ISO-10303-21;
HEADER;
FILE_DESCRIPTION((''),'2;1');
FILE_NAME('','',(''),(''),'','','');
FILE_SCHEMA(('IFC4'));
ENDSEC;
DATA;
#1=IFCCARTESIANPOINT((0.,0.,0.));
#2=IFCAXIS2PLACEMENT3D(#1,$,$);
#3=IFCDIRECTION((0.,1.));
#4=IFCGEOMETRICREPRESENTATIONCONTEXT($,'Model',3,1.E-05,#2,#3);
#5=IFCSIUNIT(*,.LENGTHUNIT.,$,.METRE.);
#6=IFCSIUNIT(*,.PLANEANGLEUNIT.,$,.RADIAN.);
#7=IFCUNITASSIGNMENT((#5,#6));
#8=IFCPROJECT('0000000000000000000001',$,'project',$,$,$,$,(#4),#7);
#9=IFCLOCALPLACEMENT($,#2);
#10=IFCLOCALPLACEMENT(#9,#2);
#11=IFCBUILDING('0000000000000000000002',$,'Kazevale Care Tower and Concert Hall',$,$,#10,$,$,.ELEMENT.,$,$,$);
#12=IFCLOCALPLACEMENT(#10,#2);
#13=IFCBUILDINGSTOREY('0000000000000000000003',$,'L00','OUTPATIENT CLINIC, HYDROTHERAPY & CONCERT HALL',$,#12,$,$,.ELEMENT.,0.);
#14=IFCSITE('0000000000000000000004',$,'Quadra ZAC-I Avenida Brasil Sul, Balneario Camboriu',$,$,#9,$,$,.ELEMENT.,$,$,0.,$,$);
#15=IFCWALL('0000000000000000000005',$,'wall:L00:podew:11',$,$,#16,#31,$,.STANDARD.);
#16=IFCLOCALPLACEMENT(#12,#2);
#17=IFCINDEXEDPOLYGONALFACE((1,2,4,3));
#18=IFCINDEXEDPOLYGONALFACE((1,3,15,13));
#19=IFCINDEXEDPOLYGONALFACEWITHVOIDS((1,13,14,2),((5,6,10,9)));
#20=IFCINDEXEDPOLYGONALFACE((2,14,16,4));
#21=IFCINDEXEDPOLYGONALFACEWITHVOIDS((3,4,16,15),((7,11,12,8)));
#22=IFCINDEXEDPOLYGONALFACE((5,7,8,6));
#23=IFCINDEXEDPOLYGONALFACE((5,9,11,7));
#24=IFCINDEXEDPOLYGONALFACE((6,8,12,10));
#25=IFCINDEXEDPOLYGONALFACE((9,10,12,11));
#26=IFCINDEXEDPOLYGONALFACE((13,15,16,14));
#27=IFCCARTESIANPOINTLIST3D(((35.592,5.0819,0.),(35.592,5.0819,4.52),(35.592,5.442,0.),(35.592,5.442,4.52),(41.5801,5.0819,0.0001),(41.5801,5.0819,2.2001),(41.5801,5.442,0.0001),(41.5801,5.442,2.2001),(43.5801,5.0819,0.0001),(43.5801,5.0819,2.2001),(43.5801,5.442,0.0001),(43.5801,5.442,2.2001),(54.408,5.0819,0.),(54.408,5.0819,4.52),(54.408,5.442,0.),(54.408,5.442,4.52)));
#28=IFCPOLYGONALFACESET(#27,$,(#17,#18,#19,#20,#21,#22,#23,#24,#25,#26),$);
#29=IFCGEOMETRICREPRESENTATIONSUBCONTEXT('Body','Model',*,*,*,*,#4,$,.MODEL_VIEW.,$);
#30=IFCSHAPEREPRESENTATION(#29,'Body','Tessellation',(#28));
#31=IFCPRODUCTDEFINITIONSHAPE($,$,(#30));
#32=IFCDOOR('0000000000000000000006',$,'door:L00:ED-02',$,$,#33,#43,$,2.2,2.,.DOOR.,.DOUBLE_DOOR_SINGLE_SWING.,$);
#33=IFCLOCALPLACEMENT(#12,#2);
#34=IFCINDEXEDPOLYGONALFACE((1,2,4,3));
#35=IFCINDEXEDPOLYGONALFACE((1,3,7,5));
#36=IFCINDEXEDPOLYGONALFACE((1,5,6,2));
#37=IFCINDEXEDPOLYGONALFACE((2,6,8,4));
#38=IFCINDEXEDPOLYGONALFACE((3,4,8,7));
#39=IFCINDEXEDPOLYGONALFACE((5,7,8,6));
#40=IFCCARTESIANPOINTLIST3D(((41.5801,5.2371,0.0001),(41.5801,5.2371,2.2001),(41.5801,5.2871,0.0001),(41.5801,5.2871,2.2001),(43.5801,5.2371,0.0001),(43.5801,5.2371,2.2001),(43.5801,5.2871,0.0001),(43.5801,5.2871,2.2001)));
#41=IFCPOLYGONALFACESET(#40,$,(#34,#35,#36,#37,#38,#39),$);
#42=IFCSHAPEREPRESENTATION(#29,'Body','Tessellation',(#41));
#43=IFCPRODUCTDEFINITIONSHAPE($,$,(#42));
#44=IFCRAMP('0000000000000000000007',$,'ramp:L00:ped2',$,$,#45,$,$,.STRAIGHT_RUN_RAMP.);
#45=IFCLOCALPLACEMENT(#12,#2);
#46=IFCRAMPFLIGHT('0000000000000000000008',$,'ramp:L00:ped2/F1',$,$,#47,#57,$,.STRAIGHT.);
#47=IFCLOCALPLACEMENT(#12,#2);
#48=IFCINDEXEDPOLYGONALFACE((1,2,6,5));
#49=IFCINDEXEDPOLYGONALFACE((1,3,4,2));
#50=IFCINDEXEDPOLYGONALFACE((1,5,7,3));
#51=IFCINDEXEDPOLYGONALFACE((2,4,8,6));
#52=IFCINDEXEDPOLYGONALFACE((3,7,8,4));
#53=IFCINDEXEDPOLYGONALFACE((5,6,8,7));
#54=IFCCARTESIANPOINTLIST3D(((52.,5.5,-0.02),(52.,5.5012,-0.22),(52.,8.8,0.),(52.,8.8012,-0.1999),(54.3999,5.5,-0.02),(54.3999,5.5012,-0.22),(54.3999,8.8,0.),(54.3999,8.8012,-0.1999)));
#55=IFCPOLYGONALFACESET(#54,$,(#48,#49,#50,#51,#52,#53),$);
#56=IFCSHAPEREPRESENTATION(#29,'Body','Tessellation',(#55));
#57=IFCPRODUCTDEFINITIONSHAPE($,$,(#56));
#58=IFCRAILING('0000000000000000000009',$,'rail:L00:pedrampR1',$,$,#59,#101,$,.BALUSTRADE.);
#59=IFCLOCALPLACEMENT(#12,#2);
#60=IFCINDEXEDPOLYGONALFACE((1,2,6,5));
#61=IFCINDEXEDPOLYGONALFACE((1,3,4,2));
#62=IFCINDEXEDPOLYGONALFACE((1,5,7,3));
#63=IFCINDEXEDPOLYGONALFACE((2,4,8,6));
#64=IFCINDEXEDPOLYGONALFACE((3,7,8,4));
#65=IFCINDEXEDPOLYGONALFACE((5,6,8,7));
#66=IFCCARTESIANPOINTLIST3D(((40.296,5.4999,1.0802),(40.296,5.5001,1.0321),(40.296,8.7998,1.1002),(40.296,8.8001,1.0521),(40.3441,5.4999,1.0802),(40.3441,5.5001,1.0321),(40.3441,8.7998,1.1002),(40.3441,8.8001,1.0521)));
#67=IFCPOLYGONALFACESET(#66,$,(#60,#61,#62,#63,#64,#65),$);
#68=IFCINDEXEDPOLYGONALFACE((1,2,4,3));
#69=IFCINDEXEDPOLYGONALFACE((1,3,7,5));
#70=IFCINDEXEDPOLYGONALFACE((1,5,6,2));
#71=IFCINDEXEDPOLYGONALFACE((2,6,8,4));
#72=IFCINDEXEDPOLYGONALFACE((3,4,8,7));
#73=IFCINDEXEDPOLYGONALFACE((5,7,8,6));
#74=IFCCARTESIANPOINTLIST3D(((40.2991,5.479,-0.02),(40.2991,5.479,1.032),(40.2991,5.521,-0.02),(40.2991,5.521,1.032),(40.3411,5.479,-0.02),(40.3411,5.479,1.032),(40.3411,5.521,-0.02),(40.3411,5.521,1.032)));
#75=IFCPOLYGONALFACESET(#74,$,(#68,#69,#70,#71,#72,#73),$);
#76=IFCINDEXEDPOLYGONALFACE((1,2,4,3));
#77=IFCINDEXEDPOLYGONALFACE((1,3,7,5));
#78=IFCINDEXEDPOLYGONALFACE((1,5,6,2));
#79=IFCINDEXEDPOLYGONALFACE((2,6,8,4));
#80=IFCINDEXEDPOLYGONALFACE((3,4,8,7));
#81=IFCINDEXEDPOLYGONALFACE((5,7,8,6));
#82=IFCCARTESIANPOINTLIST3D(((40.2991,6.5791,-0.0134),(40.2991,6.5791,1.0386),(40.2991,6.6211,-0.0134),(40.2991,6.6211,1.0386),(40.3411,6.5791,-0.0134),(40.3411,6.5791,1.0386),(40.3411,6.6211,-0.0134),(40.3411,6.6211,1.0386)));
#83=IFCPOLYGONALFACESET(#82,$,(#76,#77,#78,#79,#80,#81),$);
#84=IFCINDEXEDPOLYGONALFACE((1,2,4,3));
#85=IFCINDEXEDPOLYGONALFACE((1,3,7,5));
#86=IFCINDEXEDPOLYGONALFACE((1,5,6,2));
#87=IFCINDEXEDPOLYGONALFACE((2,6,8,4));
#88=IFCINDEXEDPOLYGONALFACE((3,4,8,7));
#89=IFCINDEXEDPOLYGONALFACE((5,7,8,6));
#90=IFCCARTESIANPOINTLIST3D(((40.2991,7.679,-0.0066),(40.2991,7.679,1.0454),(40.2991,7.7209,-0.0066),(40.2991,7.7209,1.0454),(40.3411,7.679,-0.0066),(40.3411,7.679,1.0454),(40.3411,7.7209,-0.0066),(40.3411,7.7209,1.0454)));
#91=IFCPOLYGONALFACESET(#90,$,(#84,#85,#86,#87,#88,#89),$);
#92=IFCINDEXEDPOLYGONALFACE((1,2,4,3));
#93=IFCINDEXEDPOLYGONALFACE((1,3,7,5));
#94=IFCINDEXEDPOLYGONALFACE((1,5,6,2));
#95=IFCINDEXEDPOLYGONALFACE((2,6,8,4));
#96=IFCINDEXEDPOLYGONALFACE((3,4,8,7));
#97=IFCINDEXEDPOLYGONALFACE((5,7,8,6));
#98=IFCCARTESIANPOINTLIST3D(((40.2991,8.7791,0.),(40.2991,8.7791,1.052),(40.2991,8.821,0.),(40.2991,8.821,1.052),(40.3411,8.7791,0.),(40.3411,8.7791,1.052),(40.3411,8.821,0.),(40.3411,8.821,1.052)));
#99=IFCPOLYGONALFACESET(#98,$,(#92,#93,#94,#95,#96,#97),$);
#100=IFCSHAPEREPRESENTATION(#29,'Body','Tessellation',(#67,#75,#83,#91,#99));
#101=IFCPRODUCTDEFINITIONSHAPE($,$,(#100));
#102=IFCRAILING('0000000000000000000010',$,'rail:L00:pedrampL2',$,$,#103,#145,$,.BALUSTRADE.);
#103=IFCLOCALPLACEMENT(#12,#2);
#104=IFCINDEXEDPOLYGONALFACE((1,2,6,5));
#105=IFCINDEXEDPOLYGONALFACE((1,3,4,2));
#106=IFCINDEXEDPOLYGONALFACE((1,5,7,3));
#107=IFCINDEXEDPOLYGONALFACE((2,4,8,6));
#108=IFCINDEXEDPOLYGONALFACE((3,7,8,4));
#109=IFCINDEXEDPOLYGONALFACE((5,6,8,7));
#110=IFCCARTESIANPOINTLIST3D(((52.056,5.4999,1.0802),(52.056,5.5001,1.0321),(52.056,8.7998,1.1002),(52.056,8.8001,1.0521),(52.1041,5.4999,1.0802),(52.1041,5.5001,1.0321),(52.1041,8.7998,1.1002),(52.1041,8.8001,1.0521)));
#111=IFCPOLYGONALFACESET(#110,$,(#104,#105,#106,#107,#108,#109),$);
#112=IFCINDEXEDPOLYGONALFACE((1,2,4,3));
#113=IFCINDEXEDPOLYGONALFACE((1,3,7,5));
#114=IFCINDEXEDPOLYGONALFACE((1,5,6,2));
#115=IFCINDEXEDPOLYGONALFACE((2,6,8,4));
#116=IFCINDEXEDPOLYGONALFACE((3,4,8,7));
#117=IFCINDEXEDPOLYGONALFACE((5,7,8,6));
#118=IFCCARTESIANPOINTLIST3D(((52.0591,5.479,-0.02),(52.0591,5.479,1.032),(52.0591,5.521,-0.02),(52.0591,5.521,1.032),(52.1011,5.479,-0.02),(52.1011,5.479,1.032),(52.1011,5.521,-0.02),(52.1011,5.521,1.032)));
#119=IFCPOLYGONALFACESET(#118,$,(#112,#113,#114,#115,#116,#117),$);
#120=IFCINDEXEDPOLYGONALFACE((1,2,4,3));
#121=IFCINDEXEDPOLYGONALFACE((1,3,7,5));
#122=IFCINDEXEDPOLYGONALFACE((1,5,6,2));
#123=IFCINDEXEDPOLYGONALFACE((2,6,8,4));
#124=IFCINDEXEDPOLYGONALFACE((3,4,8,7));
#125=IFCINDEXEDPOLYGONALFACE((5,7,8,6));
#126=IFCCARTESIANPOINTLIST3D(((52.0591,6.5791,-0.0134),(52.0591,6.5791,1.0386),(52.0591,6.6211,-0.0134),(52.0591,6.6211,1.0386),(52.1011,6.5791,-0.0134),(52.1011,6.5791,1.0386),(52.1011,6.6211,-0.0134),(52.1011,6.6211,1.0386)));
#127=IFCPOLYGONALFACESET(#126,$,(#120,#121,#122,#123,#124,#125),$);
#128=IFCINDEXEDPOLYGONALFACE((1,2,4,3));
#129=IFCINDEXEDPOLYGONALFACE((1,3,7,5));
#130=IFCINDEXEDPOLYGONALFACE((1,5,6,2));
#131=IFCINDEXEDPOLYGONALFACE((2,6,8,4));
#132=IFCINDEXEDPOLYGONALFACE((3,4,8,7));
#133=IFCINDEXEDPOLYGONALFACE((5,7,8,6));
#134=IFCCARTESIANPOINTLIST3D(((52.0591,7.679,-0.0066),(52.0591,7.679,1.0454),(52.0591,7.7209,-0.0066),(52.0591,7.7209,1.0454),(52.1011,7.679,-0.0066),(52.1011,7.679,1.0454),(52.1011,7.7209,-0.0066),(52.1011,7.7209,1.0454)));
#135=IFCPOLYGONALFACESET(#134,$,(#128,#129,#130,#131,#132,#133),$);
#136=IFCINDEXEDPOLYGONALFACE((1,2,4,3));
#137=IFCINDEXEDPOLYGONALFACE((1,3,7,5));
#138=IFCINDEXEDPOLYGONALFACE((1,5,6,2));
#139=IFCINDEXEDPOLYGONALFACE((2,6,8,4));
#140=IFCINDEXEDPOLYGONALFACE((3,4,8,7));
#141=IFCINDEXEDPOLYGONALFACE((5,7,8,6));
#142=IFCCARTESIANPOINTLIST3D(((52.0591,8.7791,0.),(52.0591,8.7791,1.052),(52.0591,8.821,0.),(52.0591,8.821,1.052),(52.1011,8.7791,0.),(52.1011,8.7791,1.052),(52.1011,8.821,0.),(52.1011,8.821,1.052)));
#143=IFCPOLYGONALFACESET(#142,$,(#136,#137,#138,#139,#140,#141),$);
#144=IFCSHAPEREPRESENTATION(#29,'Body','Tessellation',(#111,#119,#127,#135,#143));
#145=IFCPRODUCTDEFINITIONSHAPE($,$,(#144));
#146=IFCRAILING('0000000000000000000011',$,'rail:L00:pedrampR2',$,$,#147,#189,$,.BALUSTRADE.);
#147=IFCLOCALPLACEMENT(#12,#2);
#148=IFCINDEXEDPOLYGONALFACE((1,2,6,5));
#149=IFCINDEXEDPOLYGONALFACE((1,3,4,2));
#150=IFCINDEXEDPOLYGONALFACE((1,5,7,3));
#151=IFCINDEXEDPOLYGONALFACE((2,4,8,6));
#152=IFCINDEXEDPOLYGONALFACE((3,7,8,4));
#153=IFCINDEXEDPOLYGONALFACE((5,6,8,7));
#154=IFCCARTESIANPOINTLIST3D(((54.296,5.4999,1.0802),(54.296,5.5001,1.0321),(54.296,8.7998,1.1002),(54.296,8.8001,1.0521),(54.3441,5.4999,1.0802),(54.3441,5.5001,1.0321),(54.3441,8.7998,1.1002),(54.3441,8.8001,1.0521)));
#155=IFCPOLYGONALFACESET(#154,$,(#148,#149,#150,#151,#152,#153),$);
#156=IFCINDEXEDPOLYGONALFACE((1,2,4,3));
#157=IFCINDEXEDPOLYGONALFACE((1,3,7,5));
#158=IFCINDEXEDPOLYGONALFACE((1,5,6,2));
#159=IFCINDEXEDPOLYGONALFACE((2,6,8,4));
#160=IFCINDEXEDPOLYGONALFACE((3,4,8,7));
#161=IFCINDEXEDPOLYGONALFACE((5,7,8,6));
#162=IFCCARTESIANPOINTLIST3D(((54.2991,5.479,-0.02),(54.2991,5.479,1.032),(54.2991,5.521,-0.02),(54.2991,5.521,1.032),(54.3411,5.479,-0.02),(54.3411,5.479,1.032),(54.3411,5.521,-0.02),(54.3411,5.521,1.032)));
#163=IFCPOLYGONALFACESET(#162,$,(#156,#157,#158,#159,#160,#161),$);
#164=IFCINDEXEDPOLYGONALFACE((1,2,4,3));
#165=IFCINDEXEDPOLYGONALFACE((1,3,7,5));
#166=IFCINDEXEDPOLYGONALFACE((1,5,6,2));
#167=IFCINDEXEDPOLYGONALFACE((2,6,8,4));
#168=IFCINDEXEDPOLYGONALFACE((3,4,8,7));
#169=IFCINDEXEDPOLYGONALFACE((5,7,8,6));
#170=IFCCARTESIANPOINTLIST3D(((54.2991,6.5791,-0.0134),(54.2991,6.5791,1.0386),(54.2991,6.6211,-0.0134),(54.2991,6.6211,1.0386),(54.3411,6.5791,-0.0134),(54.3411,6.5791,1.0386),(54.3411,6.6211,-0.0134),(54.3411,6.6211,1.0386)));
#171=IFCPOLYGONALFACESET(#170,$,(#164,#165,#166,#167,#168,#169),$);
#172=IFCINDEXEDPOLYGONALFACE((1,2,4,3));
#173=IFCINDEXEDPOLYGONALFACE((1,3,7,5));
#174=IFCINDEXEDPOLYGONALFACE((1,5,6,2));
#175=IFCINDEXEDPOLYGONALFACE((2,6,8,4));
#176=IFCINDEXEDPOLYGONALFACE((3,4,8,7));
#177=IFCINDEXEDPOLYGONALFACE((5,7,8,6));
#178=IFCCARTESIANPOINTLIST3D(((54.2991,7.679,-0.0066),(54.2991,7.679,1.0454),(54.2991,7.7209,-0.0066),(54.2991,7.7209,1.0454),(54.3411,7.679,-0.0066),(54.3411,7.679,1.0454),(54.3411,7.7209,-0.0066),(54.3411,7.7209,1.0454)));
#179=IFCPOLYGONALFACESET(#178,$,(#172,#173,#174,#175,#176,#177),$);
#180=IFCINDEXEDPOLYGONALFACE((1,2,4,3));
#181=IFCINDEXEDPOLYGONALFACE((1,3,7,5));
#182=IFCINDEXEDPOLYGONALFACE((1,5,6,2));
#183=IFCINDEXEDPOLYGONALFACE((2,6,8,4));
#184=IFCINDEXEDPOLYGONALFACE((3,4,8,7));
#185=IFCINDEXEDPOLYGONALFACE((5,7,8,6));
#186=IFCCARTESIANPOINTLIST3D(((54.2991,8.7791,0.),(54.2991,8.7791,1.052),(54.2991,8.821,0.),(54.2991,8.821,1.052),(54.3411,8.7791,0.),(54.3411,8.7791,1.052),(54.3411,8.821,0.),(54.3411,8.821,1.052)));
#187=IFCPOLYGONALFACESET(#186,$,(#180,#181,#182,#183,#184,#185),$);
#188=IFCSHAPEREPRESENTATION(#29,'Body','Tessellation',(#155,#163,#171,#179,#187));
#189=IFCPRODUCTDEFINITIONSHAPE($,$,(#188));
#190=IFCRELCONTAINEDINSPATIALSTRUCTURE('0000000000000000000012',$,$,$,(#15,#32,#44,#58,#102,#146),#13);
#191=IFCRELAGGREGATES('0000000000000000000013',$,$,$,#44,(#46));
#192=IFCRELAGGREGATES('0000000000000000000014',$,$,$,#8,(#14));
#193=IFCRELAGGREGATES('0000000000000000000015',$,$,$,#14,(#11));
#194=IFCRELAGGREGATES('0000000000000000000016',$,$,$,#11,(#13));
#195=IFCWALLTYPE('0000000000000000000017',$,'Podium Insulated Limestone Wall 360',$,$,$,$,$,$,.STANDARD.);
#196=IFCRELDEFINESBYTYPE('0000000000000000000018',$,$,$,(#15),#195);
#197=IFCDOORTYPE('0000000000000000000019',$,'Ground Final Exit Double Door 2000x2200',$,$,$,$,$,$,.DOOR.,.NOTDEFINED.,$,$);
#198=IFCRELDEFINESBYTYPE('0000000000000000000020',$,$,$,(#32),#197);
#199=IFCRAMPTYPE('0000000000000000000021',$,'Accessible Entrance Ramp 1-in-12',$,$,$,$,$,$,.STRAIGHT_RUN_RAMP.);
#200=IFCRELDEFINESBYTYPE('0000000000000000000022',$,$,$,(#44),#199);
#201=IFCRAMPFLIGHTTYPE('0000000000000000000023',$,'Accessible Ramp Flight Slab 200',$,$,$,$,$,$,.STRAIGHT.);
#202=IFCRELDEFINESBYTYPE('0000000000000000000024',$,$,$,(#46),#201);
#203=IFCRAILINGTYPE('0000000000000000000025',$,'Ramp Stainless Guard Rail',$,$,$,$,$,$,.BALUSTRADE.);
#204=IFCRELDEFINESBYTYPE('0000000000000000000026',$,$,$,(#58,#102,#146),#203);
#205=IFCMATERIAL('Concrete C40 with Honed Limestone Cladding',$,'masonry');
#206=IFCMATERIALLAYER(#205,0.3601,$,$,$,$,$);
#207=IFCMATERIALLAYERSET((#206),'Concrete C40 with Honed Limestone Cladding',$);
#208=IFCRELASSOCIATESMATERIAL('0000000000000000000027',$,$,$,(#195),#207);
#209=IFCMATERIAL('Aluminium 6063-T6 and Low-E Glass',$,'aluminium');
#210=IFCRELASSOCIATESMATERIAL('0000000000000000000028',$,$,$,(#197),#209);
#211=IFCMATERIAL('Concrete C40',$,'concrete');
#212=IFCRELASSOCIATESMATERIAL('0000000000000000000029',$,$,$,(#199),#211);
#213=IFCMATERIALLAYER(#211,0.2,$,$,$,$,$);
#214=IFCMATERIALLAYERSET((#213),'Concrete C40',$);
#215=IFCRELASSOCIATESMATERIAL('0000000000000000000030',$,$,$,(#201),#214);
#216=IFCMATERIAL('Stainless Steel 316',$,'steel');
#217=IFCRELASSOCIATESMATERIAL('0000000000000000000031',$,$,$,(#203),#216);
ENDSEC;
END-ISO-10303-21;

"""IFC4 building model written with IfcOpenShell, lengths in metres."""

from ifc_helpers import new_model, si_unit, direction, frame, frame_2d, origin, origin_2d, place, context, subcontext, project, spatial, polyline, rectangle, outline, extrude, material, layer, layer_set, type_object, element, fill, aggregate, save


model = new_model("IFC4")

# Units and contexts
model_context = context("Model", 3, precision=1e-05, world=origin(), true_north=direction((0.0, 1.0)))
body_context = subcontext(model_context, "Body", "Model", "MODEL_VIEW")
ifc_project = project(units=[si_unit("LENGTHUNIT", "METRE"), si_unit("PLANEANGLEUNIT", "RADIAN")], contexts=[model_context])

# Site, building, storey
site_placement = place(None, origin())
site = spatial("IfcSite", under=ifc_project, at=site_placement, Name="Quadra ZAC-I Avenida Brasil Sul, Balneario Camboriu", CompositionType="ELEMENT", RefElevation=0.0)
building_placement = place(site_placement, origin())
building = spatial("IfcBuilding", under=site, at=building_placement, Name="Kazevale Care Tower and Concert Hall", CompositionType="ELEMENT")
storey_placement = place(building_placement, origin())
storey = spatial("IfcBuildingStorey", under=building, at=storey_placement, Name="L00", Description="OUTPATIENT CLINIC, HYDROTHERAPY & CONCERT HALL", CompositionType="ELEMENT", Elevation=0.0)

# Wall, opening, door
ifc_material_1 = material(Name="Concrete C40 with Honed Limestone Cladding", Category="masonry")
ifc_layer_1 = layer(ifc_material_1, 0.3601)
ifc_layer_set_1 = layer_set([ifc_layer_1], Name="Concrete C40 with Honed Limestone Cladding")
wall_type_1 = type_object("IfcWallType", Name="Podium Insulated Limestone Wall 360", PredefinedType="STANDARD", material=ifc_layer_set_1)
wall_1_placement = place(storey_placement, frame((54.408, 5.262, 0.0), z_axis=(0.0, 0.0, 1.0), x_axis=(-1.0, 0.0, 0.0)))
wall_1 = element("IfcWall", 1, at=wall_1_placement, inside=storey, type_object=wall_type_1, Name="wall:L00:podew:11", PredefinedType="STANDARD", context=body_context, shape_type="SweptSolid", body=[
    extrude(rectangle(XDim=18.8159, YDim=0.3601, at=frame_2d((9.408, 0.0))), origin(), (0.0, 0.0, 1.0), 4.52),
])
opening_1_placement = place(wall_1_placement, frame((10.8279, 0.0, 0.0)))
opening_1 = element("IfcOpeningElement", 2, at=opening_1_placement, cuts=wall_1, PredefinedType="OPENING", context=body_context, shape_type="SweptSolid", body=[
    extrude(rectangle(XDim=2.0, YDim=2.2, at=frame_2d((1.0, 1.1001))), frame((0.0, 0.1899, 0.0), z_axis=(0.0, -1.0, 0.0), x_axis=(1.0, 0.0, 0.0)), (0.0, 0.0, 1.0), 0.3801),
])
ifc_material_2 = material(Name="Aluminium 6063-T6 and Low-E Glass", Category="aluminium")
door_type_1 = type_object("IfcDoorType", Name="Ground Final Exit Double Door 2000x2200", OperationType="NOTDEFINED", PredefinedType="DOOR", material=ifc_material_2)
door_1_placement = place(opening_1_placement, origin())
door_1 = element("IfcDoor", 3, at=door_1_placement, inside=storey, type_object=door_type_1, Name="door:L00:ED-02", OperationType="DOUBLE_DOOR_SINGLE_SWING", OverallHeight=2.2, OverallWidth=2.0, PredefinedType="DOOR", context=body_context, shape_type="SweptSolid", body=[
    extrude(rectangle(XDim=2.0, YDim=2.2, at=frame_2d((1.0, 1.1001))), frame((0.0, 0.0249, 0.0), z_axis=(0.0, -1.0, 0.0), x_axis=(1.0, 0.0, 0.0)), (0.0, 0.0, 1.0), 0.05),
])
fill(opening_1, door_1)

# Ramp, ramp flight
ifc_material_3 = material(Name="Concrete C40", Category="concrete")
ramp_type = type_object("IfcRampType", Name="Accessible Entrance Ramp 1-in-12", PredefinedType="STRAIGHT_RUN_RAMP", material=ifc_material_3)
ramp_placement = place(storey_placement, origin())
ramp = element("IfcRamp", 4, at=ramp_placement, inside=storey, type_object=ramp_type, Name="ramp:L00:ped2", PredefinedType="STRAIGHT_RUN_RAMP")
ifc_layer_2 = layer(ifc_material_3, 0.2)
ifc_layer_set_2 = layer_set([ifc_layer_2], Name="Concrete C40")
ramp_flight_type = type_object("IfcRampFlightType", Name="Accessible Ramp Flight Slab 200", PredefinedType="STRAIGHT", material=ifc_layer_set_2)
ramp_flight_placement = place(storey_placement, frame((52.0, 5.5, -0.02), z_axis=(0.0, -0.006066, 0.999982), x_axis=(0.0, 0.999982, 0.006066)))
ramp_flight = element("IfcRampFlight", 5, at=ramp_flight_placement, type_object=ramp_flight_type, Name="ramp:L00:ped2/F1", PredefinedType="STRAIGHT", context=body_context, shape_type="SweptSolid", body=[
    extrude(outline(polyline([(0.0, 0.0), (3.3, 0.0), (3.3, -2.3999), (0.0, -2.3999), (0.0, 0.0)])), origin(), (0.0, 0.0, -1.0), 0.2),
])
aggregate(ramp, [ramp_flight])

# Railings
ifc_material_4 = material(Name="Stainless Steel 316", Category="steel")
railing_type = type_object("IfcRailingType", Name="Ramp Stainless Guard Rail", PredefinedType="BALUSTRADE", material=ifc_material_4)
for number, where, name in (
    (6, (40.3201, 5.5, -0.02), "rail:L00:pedrampR1"),
    (7, (52.0801, 5.5, -0.02), "rail:L00:pedrampL2"),
    (8, (54.3201, 5.5, -0.02), "rail:L00:pedrampR2"),
):
    element("IfcRailing", number, at=place(storey_placement, frame(where)), inside=storey, type_object=railing_type, Name=name, PredefinedType="BALUSTRADE", context=body_context, shape_type="SweptSolid", body=[
        extrude(rectangle(XDim=0.0481, YDim=0.0481, at=origin_2d()), frame((0.0, 0.0, 1.0762), z_axis=(0.0, 0.999982, 0.006066), x_axis=(-1.0, 0.0, 0.0)), (0.0, 0.0, 1.0), 3.3),
        extrude(rectangle(XDim=0.042, YDim=0.042, at=origin_2d()), origin(), (0.0, 0.0, 1.0), 1.052),
        extrude(rectangle(XDim=0.042, YDim=0.042, at=origin_2d()), frame((0.0, 1.1001, 0.0066)), (0.0, 0.0, 1.0), 1.052),
        extrude(rectangle(XDim=0.042, YDim=0.042, at=origin_2d()), frame((0.0, 2.2, 0.0134)), (0.0, 0.0, 1.0), 1.052),
        extrude(rectangle(XDim=0.042, YDim=0.042, at=origin_2d()), frame((0.0, 3.3, 0.02)), (0.0, 0.0, 1.0), 1.052),
    ])

save(model, "model.ifc")
